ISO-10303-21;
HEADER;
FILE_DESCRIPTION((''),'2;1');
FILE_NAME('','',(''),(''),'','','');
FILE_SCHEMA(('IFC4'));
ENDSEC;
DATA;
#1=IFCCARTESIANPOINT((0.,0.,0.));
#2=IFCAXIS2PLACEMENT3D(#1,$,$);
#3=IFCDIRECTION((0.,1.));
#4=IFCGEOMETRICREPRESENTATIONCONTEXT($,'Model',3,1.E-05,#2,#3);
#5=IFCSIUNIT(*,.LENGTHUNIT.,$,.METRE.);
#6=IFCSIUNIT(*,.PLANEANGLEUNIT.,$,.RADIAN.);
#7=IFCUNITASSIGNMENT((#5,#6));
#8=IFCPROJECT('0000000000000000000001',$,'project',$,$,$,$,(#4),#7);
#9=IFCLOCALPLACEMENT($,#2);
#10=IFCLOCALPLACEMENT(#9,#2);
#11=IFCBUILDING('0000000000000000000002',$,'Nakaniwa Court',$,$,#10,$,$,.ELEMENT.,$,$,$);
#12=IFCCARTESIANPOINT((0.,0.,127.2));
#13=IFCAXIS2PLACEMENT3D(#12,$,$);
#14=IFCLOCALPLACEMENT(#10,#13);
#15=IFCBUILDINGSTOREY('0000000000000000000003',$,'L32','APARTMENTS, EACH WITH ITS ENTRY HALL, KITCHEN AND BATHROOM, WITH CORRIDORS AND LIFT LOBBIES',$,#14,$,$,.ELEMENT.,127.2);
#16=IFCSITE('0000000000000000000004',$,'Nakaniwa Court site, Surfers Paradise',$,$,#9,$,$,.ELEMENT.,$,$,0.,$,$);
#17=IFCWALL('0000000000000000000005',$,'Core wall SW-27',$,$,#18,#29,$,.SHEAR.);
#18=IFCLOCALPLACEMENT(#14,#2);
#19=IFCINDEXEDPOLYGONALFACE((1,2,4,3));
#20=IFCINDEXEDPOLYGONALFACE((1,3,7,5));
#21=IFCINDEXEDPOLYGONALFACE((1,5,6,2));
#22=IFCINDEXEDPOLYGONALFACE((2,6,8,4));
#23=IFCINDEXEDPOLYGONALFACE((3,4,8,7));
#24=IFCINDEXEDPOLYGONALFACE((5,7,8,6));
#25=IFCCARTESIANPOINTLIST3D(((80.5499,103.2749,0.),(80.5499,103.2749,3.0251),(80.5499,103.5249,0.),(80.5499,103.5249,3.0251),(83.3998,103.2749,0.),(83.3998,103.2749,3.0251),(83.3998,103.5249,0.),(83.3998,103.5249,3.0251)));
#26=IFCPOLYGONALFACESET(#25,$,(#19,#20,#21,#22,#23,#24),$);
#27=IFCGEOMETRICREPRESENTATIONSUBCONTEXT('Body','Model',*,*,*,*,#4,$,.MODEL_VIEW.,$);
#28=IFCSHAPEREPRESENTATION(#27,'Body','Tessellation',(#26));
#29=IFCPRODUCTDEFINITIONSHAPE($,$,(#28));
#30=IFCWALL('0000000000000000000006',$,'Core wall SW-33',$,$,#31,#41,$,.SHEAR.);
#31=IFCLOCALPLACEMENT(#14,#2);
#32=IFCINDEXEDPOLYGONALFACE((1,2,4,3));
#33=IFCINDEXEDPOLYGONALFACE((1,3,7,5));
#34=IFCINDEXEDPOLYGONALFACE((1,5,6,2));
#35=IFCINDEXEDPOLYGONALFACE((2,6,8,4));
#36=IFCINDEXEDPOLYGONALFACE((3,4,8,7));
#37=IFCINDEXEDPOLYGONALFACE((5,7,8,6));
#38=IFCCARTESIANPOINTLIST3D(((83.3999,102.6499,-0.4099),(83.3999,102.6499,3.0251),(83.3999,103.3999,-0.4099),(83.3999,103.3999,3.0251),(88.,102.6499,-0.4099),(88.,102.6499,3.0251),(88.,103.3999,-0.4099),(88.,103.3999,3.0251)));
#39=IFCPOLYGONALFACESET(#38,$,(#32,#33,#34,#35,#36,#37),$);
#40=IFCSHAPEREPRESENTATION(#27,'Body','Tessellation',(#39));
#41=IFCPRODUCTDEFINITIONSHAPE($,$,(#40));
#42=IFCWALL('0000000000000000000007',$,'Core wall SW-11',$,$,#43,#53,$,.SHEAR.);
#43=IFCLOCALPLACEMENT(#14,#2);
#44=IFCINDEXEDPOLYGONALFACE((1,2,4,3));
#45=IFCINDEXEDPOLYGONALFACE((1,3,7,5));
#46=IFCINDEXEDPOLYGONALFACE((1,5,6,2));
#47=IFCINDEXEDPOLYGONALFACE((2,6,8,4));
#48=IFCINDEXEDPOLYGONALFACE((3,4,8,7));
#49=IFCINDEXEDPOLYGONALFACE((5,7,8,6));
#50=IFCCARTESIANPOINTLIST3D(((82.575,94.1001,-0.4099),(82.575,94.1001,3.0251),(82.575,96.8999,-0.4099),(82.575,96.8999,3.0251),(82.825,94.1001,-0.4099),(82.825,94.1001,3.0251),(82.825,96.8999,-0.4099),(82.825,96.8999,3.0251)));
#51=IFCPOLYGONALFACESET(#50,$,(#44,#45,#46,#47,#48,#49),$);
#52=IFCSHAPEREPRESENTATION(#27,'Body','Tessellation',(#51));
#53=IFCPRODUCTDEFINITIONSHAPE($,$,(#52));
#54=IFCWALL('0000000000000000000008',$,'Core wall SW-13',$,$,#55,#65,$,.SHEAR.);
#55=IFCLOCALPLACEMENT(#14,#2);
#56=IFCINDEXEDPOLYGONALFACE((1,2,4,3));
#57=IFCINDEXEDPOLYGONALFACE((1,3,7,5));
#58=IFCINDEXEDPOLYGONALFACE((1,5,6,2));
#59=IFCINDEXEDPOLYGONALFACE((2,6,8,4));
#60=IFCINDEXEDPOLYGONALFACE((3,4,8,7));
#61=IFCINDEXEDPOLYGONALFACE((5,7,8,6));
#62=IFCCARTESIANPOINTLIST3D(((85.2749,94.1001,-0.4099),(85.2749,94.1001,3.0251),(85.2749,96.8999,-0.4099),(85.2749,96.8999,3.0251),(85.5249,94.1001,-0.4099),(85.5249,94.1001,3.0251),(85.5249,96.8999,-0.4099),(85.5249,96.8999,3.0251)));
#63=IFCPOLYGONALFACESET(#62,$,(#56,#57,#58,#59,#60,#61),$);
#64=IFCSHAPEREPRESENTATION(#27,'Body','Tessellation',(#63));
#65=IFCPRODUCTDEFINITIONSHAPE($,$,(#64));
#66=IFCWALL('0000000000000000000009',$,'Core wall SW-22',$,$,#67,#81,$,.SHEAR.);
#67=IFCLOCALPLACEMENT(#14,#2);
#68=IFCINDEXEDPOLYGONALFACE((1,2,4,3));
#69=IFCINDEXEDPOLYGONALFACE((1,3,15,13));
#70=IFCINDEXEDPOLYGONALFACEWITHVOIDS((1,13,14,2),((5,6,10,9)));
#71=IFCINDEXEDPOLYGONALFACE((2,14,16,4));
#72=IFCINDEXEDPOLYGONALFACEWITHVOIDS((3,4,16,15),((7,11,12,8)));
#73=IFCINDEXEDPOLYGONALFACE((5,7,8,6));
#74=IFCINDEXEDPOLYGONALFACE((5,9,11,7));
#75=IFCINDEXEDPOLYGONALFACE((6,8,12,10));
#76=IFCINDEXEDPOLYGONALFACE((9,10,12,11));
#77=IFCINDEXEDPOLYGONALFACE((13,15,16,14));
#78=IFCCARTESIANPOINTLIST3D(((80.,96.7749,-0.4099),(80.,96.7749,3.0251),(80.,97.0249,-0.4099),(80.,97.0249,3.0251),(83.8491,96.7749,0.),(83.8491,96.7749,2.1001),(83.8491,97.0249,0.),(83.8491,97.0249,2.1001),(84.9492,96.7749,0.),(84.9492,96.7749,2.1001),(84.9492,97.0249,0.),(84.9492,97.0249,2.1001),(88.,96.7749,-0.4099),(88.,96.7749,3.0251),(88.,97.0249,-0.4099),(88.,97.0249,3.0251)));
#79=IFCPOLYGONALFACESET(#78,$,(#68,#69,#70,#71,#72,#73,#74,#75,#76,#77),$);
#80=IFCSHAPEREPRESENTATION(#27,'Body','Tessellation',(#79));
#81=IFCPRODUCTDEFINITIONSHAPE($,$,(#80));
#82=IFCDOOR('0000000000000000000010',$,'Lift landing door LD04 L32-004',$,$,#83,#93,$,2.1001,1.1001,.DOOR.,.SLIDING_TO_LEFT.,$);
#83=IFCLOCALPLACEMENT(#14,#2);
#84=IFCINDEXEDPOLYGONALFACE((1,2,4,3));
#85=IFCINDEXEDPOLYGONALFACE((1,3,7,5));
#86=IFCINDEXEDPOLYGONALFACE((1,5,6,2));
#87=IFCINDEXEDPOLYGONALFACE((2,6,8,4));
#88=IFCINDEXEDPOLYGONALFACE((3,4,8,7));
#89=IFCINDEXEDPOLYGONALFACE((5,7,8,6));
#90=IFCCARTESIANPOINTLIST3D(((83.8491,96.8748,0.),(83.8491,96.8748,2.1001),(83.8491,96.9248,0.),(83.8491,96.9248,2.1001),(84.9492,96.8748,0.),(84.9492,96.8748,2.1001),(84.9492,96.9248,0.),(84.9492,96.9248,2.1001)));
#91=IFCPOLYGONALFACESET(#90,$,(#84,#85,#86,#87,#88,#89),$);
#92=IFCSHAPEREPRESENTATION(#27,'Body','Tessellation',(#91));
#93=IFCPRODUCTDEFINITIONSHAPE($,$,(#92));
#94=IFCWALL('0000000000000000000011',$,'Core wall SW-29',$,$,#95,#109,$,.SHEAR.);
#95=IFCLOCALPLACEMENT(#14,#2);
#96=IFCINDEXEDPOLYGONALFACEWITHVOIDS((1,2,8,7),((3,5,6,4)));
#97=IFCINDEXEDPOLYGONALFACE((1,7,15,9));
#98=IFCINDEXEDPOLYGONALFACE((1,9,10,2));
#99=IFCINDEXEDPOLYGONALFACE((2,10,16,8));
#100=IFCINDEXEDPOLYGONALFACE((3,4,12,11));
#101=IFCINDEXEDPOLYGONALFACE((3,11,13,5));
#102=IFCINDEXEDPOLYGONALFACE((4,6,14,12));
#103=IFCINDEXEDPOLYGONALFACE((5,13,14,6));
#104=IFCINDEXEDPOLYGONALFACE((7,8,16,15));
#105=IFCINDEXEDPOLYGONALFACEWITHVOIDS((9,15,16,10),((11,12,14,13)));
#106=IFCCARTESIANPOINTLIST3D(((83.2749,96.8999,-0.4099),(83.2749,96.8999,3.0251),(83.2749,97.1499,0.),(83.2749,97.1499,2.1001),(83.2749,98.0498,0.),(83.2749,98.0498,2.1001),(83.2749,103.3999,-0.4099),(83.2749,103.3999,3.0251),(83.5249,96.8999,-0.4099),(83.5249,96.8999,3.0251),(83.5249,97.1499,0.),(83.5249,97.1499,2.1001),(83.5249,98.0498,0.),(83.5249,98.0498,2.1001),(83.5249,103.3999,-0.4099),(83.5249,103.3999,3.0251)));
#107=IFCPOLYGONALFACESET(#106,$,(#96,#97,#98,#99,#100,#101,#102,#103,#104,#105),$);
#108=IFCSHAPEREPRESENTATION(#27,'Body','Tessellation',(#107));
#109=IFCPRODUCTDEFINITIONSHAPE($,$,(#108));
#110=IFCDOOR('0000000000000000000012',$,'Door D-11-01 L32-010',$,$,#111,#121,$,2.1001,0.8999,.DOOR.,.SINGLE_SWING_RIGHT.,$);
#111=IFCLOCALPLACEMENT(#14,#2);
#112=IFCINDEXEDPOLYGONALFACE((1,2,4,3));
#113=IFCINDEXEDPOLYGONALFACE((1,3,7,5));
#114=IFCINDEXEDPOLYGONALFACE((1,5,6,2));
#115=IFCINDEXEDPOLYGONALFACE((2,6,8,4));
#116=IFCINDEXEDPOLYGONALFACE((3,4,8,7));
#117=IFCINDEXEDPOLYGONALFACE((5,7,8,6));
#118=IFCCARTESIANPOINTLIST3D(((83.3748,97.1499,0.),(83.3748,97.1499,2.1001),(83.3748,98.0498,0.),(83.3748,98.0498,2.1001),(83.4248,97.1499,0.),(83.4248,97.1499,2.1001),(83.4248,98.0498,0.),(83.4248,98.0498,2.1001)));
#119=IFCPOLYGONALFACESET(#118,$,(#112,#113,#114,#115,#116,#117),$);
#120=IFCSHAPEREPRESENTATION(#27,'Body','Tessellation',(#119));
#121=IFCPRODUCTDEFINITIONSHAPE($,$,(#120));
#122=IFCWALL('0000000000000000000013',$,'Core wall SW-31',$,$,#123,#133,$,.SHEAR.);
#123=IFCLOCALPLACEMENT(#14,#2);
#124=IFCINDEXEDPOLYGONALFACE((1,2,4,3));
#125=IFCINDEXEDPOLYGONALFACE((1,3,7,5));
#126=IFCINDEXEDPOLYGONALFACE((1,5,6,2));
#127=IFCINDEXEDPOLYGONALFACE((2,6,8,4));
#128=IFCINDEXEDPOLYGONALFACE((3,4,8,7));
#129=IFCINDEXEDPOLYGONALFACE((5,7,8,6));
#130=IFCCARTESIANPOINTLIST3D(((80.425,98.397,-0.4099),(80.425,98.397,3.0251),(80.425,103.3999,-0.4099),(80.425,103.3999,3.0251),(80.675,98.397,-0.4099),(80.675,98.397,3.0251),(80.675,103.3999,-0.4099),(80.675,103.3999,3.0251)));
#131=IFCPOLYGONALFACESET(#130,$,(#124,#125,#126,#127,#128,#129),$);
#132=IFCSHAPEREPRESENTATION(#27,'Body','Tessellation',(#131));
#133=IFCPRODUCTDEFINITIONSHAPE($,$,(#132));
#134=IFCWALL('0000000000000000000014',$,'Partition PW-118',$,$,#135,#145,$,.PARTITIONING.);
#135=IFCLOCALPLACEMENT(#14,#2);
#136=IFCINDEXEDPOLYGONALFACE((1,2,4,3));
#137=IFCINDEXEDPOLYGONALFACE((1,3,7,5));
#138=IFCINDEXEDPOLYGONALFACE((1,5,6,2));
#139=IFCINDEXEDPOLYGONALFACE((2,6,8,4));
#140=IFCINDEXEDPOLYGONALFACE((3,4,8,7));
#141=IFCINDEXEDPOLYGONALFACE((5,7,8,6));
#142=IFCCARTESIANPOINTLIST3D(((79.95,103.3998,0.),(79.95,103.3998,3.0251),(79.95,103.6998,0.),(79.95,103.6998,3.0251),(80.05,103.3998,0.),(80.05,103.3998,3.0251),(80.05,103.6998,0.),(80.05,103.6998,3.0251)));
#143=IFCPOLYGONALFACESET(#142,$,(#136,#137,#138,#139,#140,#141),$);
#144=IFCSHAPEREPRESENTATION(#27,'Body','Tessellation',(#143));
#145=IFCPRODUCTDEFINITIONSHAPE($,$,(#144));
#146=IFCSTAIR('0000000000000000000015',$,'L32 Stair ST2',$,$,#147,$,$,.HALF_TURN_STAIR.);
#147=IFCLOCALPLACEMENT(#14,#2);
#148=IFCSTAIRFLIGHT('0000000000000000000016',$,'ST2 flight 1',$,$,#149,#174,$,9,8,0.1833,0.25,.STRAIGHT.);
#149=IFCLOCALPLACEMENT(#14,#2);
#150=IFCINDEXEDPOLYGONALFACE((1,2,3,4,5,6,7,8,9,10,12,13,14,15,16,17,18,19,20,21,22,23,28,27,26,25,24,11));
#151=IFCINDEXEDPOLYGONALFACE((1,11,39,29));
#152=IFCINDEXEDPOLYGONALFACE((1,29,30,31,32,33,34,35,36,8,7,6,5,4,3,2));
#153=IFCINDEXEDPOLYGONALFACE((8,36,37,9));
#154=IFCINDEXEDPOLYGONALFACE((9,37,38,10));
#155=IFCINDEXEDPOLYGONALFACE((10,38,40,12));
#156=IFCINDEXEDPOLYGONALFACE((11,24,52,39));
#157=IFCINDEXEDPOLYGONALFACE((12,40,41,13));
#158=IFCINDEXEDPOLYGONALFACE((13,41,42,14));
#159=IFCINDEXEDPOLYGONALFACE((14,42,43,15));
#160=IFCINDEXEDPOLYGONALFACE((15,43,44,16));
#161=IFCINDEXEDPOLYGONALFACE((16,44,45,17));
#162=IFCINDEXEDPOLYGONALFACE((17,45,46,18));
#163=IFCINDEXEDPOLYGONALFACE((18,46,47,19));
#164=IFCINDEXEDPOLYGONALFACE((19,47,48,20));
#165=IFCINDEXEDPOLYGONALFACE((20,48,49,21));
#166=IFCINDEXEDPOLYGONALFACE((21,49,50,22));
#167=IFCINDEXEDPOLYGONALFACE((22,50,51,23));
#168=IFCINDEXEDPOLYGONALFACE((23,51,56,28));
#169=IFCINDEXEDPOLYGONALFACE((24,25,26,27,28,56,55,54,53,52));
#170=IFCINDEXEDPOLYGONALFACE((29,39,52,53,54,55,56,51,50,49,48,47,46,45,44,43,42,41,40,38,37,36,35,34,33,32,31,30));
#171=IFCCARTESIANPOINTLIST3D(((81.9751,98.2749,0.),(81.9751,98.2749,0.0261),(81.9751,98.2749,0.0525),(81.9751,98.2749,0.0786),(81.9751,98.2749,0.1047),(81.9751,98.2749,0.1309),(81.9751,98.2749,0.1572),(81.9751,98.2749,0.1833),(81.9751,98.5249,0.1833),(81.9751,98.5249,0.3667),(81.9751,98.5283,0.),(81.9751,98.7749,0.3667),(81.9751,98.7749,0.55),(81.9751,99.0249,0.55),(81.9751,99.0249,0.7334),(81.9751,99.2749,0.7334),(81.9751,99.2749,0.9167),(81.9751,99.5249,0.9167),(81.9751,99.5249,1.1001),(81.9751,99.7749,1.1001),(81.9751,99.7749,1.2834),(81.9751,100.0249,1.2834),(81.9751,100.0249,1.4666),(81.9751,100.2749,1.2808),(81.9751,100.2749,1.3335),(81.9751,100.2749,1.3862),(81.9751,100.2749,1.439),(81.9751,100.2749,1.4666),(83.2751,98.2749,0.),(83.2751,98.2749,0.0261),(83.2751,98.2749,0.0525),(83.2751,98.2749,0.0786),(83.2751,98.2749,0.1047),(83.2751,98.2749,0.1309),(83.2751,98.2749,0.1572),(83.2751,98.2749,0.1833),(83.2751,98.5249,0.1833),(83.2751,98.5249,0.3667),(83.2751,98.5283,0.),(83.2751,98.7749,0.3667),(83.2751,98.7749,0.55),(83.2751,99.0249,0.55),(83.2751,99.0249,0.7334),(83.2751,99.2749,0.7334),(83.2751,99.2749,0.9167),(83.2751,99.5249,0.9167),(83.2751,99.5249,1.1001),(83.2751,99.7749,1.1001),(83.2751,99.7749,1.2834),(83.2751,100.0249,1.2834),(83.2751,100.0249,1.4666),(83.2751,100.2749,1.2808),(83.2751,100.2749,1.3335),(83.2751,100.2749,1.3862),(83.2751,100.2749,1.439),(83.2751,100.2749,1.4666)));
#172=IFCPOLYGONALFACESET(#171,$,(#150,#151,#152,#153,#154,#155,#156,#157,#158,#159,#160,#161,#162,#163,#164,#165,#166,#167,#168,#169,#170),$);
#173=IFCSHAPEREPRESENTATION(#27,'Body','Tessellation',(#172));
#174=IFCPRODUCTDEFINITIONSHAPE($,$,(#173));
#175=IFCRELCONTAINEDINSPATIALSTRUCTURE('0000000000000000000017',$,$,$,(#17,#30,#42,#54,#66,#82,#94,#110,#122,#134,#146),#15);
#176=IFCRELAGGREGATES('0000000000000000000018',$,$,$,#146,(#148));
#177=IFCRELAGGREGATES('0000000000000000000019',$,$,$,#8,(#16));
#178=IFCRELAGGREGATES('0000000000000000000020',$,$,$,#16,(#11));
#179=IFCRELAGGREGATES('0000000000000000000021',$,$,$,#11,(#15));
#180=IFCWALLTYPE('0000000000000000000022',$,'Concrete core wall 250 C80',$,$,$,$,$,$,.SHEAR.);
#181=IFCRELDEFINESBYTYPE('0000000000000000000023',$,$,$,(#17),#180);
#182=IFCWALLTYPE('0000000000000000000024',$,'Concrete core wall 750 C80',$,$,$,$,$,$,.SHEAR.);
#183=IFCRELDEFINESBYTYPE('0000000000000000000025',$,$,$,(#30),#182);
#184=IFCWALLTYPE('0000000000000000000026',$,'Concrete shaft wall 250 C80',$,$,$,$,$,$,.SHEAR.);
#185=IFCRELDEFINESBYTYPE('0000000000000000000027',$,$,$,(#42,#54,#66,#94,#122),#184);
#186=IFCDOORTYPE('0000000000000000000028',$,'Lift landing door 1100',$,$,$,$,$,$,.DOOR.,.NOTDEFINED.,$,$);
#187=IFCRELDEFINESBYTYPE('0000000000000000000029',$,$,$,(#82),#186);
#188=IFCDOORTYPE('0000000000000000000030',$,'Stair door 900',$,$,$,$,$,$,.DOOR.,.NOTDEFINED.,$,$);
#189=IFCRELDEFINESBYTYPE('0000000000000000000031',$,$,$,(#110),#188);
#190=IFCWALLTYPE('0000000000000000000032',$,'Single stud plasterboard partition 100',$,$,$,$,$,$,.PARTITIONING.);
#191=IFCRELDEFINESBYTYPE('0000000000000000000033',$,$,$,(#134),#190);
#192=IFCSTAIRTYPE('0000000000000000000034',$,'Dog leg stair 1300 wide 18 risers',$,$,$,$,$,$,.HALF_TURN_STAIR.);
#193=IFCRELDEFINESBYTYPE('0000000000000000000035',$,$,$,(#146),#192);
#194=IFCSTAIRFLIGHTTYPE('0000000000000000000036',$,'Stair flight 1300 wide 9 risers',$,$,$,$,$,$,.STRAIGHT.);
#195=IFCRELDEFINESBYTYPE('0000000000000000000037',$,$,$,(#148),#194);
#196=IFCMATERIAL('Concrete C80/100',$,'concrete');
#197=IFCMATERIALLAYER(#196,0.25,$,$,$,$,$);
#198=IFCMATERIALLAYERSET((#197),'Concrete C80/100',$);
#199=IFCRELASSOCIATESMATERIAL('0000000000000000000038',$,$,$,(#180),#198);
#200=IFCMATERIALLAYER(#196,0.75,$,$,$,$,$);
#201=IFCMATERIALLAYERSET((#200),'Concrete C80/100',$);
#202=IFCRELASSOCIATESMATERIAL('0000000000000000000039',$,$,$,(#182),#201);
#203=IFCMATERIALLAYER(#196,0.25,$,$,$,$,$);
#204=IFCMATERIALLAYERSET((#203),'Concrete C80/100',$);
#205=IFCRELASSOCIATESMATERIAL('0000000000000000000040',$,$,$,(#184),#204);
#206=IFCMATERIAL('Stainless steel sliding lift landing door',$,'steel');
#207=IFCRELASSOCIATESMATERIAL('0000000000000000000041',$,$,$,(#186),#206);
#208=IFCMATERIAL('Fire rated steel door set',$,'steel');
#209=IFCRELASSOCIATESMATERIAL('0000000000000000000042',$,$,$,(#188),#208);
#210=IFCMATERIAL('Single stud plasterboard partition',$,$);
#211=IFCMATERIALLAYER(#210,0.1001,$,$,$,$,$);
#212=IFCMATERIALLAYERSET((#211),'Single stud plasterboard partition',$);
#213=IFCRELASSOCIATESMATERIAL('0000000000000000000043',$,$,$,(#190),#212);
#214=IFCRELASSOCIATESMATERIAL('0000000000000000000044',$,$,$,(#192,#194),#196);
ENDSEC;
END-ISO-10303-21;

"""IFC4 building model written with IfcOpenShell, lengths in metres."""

from ifc_helpers import new_model, si_unit, direction, frame, frame_2d, origin, place, context, subcontext, project, spatial, polyline, rectangle, outline, extrude, material, layer, layer_set, type_object, element, fill, aggregate, save


model = new_model("IFC4")

# Units and contexts
model_context = context("Model", 3, precision=1e-05, world=origin(), true_north=direction((0.0, 1.0)))
body_context = subcontext(model_context, "Body", "Model", "MODEL_VIEW")
ifc_project = project(units=[si_unit("LENGTHUNIT", "METRE"), si_unit("PLANEANGLEUNIT", "RADIAN")], contexts=[model_context])

# Site, building, storey
site_placement = place(None, origin())
site = spatial("IfcSite", under=ifc_project, at=site_placement, Name="Nakaniwa Court site, Surfers Paradise", CompositionType="ELEMENT", RefElevation=0.0)
building_placement = place(site_placement, origin())
building = spatial("IfcBuilding", under=site, at=building_placement, Name="Nakaniwa Court", CompositionType="ELEMENT")
storey_placement = place(building_placement, frame((0.0, 0.0, 127.2)))
storey = spatial("IfcBuildingStorey", under=building, at=storey_placement, Name="L32", Description="APARTMENTS, EACH WITH ITS ENTRY HALL, KITCHEN AND BATHROOM, WITH CORRIDORS AND LIFT LOBBIES", CompositionType="ELEMENT", Elevation=127.2)

# Shared definitions
ifc_material_1 = material(Name="Concrete C80/100", Category="concrete")

# Shared definitions
ifc_material_2 = material(Name="Fire rated steel door set", Category="steel")

# Walls
ifc_layer_1 = layer(ifc_material_1, 0.25)
ifc_layer_set_1 = layer_set([ifc_layer_1], Name="Concrete C80/100")
wall_type_1 = type_object("IfcWallType", Name="Concrete core wall 250 C80", PredefinedType="SHEAR", material=ifc_layer_set_1)
wall_1_placement = place(storey_placement, frame((80.55, 103.3999, 0.0), z_axis=(0.0, 0.0, 1.0), x_axis=(1.0, 0.0, 0.0)))
element("IfcWall", 1, at=wall_1_placement, inside=storey, type_object=wall_type_1, Name="Core wall SW-27", PredefinedType="SHEAR", context=body_context, shape_type="SweptSolid", body=[
    extrude(rectangle(XDim=2.8499, YDim=0.25, at=frame_2d((1.4248, 0.0))), origin(), (0.0, 0.0, 1.0), 3.0251),
])
ifc_layer_2 = layer(ifc_material_1, 0.75)
ifc_layer_set_2 = layer_set([ifc_layer_2], Name="Concrete C80/100")
wall_type_2 = type_object("IfcWallType", Name="Concrete core wall 750 C80", PredefinedType="SHEAR", material=ifc_layer_set_2)
wall_2_placement = place(storey_placement, frame((83.3999, 103.0249, -0.4099), z_axis=(0.0, 0.0, 1.0), x_axis=(1.0, 0.0, 0.0)))
element("IfcWall", 2, at=wall_2_placement, inside=storey, type_object=wall_type_2, Name="Core wall SW-33", PredefinedType="SHEAR", context=body_context, shape_type="SweptSolid", body=[
    extrude(rectangle(XDim=4.6001, YDim=0.75, at=frame_2d((2.3, 0.0))), origin(), (0.0, 0.0, 1.0), 3.4351),
])
ifc_layer_3 = layer(ifc_material_1, 0.25)
ifc_layer_set_3 = layer_set([ifc_layer_3], Name="Concrete C80/100")
wall_type_3 = type_object("IfcWallType", Name="Concrete shaft wall 250 C80", PredefinedType="SHEAR", material=ifc_layer_set_3)
for number, where, z_axis, x_axis, name in (
    (3, (82.7, 94.1001, -0.4099), (0.0, 0.0, 1.0), (0.0, 1.0, 0.0), "Core wall SW-11"),
    (4, (85.3999, 94.1001, -0.4099), (0.0, 0.0, 1.0), (0.0, 1.0, 0.0), "Core wall SW-13"),
):
    element("IfcWall", number, at=place(storey_placement, frame(where, z_axis=z_axis, x_axis=x_axis)), inside=storey, type_object=wall_type_3, Name=name, PredefinedType="SHEAR", context=body_context, shape_type="SweptSolid", body=[
        extrude(rectangle(XDim=2.7998, YDim=0.25, at=frame_2d((1.3999, 0.0))), origin(), (0.0, 0.0, 1.0), 3.4351),
    ])

# Walls, openings, doors
wall_3_placement = place(storey_placement, frame((80.0, 96.8999, -0.4099), z_axis=(0.0, 0.0, 1.0), x_axis=(1.0, 0.0, 0.0)))
wall_3 = element("IfcWall", 5, at=wall_3_placement, inside=storey, type_object=wall_type_3, Name="Core wall SW-22", PredefinedType="SHEAR", context=body_context, shape_type="SweptSolid", body=[
    extrude(rectangle(XDim=8.0, YDim=0.25, at=frame_2d((4.0, 0.0))), origin(), (0.0, 0.0, 1.0), 3.4351),
])
opening_1_placement = place(wall_3_placement, frame((3.8491, 0.0, 0.4099)))
opening_1 = element("IfcOpeningElement", 6, at=opening_1_placement, cuts=wall_3, PredefinedType="OPENING", context=body_context, shape_type="SweptSolid", body=[
    extrude(rectangle(XDim=1.1001, YDim=2.1001, at=frame_2d((0.55, 1.05))), frame((0.0, 0.135, 0.0), z_axis=(0.0, -1.0, 0.0), x_axis=(1.0, 0.0, 0.0)), (0.0, 0.0, 1.0), 0.27),
])
ifc_material_3 = material(Name="Stainless steel sliding lift landing door", Category="steel")
door_type_1 = type_object("IfcDoorType", Name="Lift landing door 1100", OperationType="NOTDEFINED", PredefinedType="DOOR", material=ifc_material_3)
door_1_placement = place(opening_1_placement, origin())
door_1 = element("IfcDoor", 7, at=door_1_placement, inside=storey, type_object=door_type_1, Name="Lift landing door LD04 L32-004", OperationType="SLIDING_TO_LEFT", OverallHeight=2.1001, OverallWidth=1.1001, PredefinedType="DOOR", context=body_context, shape_type="SweptSolid", body=[
    extrude(rectangle(XDim=1.1001, YDim=2.1001, at=frame_2d((0.55, 1.05))), frame((0.0, 0.0249, 0.0), z_axis=(0.0, -1.0, 0.0), x_axis=(1.0, 0.0, 0.0)), (0.0, 0.0, 1.0), 0.05),
])
fill(opening_1, door_1)
wall_4_placement = place(storey_placement, frame((83.3999, 103.3999, -0.4099), z_axis=(0.0, 0.0, 1.0), x_axis=(0.0, -1.0, 0.0)))
wall_4 = element("IfcWall", 8, at=wall_4_placement, inside=storey, type_object=wall_type_3, Name="Core wall SW-29", PredefinedType="SHEAR", context=body_context, shape_type="SweptSolid", body=[
    extrude(rectangle(XDim=6.5, YDim=0.25, at=frame_2d((3.25, 0.0))), origin(), (0.0, 0.0, 1.0), 3.4351),
])
opening_2_placement = place(wall_4_placement, frame((5.3501, 0.0, 0.4099)))
opening_2 = element("IfcOpeningElement", 9, at=opening_2_placement, cuts=wall_4, PredefinedType="OPENING", context=body_context, shape_type="SweptSolid", body=[
    extrude(rectangle(XDim=0.8999, YDim=2.1001, at=frame_2d((0.45, 1.05))), frame((0.0, 0.135, 0.0), z_axis=(0.0, -1.0, 0.0), x_axis=(1.0, 0.0, 0.0)), (0.0, 0.0, 1.0), 0.27),
])
door_type_2 = type_object("IfcDoorType", Name="Stair door 900", OperationType="NOTDEFINED", PredefinedType="DOOR", material=ifc_material_2)
door_2_placement = place(opening_2_placement, origin())
door_2 = element("IfcDoor", 10, at=door_2_placement, inside=storey, type_object=door_type_2, Name="Door D-11-01 L32-010", OperationType="SINGLE_SWING_RIGHT", OverallHeight=2.1001, OverallWidth=0.8999, PredefinedType="DOOR", context=body_context, shape_type="SweptSolid", body=[
    extrude(rectangle(XDim=0.8999, YDim=2.1001, at=frame_2d((0.45, 1.05))), frame((0.0, 0.0249, 0.0), z_axis=(0.0, -1.0, 0.0), x_axis=(1.0, 0.0, 0.0)), (0.0, 0.0, 1.0), 0.05),
])
fill(opening_2, door_2)

# Walls
wall_5_placement = place(storey_placement, frame((80.55, 98.397, -0.4099), z_axis=(0.0, 0.0, 1.0), x_axis=(0.0, 1.0, 0.0)))
element("IfcWall", 11, at=wall_5_placement, inside=storey, type_object=wall_type_3, Name="Core wall SW-31", PredefinedType="SHEAR", context=body_context, shape_type="SweptSolid", body=[
    extrude(rectangle(XDim=5.0029, YDim=0.25, at=frame_2d((2.5015, 0.0))), origin(), (0.0, 0.0, 1.0), 3.4351),
])
ifc_material_4 = material(Name="Single stud plasterboard partition")
ifc_layer_4 = layer(ifc_material_4, 0.1001)
ifc_layer_set_4 = layer_set([ifc_layer_4], Name="Single stud plasterboard partition")
wall_type_4 = type_object("IfcWallType", Name="Single stud plasterboard partition 100", PredefinedType="PARTITIONING", material=ifc_layer_set_4)
wall_6_placement = place(storey_placement, frame((80.0, 103.3999, 0.0), z_axis=(0.0, 0.0, 1.0), x_axis=(0.0, 1.0, 0.0)))
element("IfcWall", 12, at=wall_6_placement, inside=storey, type_object=wall_type_4, Name="Partition PW-118", PredefinedType="PARTITIONING", context=body_context, shape_type="SweptSolid", body=[
    extrude(rectangle(XDim=0.3, YDim=0.1001, at=frame_2d((0.1499, 0.0))), origin(), (0.0, 0.0, 1.0), 3.0251),
])

# Stair, stair flight
stair_type = type_object("IfcStairType", Name="Dog leg stair 1300 wide 18 risers", PredefinedType="HALF_TURN_STAIR", material=ifc_material_1)
stair_placement = place(storey_placement, origin())
stair = element("IfcStair", 13, at=stair_placement, inside=storey, type_object=stair_type, Name="L32 Stair ST2", PredefinedType="HALF_TURN_STAIR")
stair_flight_type = type_object("IfcStairFlightType", Name="Stair flight 1300 wide 9 risers", PredefinedType="STRAIGHT", material=ifc_material_1)
stair_flight_1_placement = place(storey_placement, frame((82.625, 98.2749, 0.0), z_axis=(0.0, 0.0, 1.0), x_axis=(0.0, 1.0, 0.0)))
stair_flight_1 = element("IfcStairFlight", 14, at=stair_flight_1_placement, type_object=stair_flight_type, Name="ST2 flight 1", NumberOfRisers=9, NumberOfTreads=8, PredefinedType="STRAIGHT", RiserHeight=0.1833, TreadLength=0.25, context=body_context, shape_type="SweptSolid", body=[
    extrude(outline(polyline([(0.0, 0.0), (0.0, 0.0261), (0.0, 0.0525), (0.0, 0.0786), (0.0, 0.1047), (0.0, 0.1309), (0.0, 0.1572), (0.0, 0.1833), (0.25, 0.1833), (0.25, 0.3667), (0.5, 0.3667), (0.5, 0.55), (0.75, 0.55), (0.75, 0.7334), (1.0, 0.7334), (1.0, 0.9167), (1.25, 0.9167), (1.25, 1.1001), (1.5, 1.1001), (1.5, 1.2834), (1.75, 1.2834), (1.75, 1.4666), (2.0, 1.4666), (2.0, 1.6499), (2.0, 1.5972), (2.0, 1.5444), (2.0, 1.4917), (2.0, 1.439), (2.0, 1.3862), (2.0, 1.3335), (2.0, 1.2808), (0.2534, 0.0), (0.0, 0.0)])), frame((0.0, 0.6499, 0.0), z_axis=(0.0, -1.0, 0.0), x_axis=(1.0, 0.0, 0.0)), (0.0, 0.0, 1.0), 1.3),
])
aggregate(stair, [stair_flight_1])

save(model, "model.ifc")
